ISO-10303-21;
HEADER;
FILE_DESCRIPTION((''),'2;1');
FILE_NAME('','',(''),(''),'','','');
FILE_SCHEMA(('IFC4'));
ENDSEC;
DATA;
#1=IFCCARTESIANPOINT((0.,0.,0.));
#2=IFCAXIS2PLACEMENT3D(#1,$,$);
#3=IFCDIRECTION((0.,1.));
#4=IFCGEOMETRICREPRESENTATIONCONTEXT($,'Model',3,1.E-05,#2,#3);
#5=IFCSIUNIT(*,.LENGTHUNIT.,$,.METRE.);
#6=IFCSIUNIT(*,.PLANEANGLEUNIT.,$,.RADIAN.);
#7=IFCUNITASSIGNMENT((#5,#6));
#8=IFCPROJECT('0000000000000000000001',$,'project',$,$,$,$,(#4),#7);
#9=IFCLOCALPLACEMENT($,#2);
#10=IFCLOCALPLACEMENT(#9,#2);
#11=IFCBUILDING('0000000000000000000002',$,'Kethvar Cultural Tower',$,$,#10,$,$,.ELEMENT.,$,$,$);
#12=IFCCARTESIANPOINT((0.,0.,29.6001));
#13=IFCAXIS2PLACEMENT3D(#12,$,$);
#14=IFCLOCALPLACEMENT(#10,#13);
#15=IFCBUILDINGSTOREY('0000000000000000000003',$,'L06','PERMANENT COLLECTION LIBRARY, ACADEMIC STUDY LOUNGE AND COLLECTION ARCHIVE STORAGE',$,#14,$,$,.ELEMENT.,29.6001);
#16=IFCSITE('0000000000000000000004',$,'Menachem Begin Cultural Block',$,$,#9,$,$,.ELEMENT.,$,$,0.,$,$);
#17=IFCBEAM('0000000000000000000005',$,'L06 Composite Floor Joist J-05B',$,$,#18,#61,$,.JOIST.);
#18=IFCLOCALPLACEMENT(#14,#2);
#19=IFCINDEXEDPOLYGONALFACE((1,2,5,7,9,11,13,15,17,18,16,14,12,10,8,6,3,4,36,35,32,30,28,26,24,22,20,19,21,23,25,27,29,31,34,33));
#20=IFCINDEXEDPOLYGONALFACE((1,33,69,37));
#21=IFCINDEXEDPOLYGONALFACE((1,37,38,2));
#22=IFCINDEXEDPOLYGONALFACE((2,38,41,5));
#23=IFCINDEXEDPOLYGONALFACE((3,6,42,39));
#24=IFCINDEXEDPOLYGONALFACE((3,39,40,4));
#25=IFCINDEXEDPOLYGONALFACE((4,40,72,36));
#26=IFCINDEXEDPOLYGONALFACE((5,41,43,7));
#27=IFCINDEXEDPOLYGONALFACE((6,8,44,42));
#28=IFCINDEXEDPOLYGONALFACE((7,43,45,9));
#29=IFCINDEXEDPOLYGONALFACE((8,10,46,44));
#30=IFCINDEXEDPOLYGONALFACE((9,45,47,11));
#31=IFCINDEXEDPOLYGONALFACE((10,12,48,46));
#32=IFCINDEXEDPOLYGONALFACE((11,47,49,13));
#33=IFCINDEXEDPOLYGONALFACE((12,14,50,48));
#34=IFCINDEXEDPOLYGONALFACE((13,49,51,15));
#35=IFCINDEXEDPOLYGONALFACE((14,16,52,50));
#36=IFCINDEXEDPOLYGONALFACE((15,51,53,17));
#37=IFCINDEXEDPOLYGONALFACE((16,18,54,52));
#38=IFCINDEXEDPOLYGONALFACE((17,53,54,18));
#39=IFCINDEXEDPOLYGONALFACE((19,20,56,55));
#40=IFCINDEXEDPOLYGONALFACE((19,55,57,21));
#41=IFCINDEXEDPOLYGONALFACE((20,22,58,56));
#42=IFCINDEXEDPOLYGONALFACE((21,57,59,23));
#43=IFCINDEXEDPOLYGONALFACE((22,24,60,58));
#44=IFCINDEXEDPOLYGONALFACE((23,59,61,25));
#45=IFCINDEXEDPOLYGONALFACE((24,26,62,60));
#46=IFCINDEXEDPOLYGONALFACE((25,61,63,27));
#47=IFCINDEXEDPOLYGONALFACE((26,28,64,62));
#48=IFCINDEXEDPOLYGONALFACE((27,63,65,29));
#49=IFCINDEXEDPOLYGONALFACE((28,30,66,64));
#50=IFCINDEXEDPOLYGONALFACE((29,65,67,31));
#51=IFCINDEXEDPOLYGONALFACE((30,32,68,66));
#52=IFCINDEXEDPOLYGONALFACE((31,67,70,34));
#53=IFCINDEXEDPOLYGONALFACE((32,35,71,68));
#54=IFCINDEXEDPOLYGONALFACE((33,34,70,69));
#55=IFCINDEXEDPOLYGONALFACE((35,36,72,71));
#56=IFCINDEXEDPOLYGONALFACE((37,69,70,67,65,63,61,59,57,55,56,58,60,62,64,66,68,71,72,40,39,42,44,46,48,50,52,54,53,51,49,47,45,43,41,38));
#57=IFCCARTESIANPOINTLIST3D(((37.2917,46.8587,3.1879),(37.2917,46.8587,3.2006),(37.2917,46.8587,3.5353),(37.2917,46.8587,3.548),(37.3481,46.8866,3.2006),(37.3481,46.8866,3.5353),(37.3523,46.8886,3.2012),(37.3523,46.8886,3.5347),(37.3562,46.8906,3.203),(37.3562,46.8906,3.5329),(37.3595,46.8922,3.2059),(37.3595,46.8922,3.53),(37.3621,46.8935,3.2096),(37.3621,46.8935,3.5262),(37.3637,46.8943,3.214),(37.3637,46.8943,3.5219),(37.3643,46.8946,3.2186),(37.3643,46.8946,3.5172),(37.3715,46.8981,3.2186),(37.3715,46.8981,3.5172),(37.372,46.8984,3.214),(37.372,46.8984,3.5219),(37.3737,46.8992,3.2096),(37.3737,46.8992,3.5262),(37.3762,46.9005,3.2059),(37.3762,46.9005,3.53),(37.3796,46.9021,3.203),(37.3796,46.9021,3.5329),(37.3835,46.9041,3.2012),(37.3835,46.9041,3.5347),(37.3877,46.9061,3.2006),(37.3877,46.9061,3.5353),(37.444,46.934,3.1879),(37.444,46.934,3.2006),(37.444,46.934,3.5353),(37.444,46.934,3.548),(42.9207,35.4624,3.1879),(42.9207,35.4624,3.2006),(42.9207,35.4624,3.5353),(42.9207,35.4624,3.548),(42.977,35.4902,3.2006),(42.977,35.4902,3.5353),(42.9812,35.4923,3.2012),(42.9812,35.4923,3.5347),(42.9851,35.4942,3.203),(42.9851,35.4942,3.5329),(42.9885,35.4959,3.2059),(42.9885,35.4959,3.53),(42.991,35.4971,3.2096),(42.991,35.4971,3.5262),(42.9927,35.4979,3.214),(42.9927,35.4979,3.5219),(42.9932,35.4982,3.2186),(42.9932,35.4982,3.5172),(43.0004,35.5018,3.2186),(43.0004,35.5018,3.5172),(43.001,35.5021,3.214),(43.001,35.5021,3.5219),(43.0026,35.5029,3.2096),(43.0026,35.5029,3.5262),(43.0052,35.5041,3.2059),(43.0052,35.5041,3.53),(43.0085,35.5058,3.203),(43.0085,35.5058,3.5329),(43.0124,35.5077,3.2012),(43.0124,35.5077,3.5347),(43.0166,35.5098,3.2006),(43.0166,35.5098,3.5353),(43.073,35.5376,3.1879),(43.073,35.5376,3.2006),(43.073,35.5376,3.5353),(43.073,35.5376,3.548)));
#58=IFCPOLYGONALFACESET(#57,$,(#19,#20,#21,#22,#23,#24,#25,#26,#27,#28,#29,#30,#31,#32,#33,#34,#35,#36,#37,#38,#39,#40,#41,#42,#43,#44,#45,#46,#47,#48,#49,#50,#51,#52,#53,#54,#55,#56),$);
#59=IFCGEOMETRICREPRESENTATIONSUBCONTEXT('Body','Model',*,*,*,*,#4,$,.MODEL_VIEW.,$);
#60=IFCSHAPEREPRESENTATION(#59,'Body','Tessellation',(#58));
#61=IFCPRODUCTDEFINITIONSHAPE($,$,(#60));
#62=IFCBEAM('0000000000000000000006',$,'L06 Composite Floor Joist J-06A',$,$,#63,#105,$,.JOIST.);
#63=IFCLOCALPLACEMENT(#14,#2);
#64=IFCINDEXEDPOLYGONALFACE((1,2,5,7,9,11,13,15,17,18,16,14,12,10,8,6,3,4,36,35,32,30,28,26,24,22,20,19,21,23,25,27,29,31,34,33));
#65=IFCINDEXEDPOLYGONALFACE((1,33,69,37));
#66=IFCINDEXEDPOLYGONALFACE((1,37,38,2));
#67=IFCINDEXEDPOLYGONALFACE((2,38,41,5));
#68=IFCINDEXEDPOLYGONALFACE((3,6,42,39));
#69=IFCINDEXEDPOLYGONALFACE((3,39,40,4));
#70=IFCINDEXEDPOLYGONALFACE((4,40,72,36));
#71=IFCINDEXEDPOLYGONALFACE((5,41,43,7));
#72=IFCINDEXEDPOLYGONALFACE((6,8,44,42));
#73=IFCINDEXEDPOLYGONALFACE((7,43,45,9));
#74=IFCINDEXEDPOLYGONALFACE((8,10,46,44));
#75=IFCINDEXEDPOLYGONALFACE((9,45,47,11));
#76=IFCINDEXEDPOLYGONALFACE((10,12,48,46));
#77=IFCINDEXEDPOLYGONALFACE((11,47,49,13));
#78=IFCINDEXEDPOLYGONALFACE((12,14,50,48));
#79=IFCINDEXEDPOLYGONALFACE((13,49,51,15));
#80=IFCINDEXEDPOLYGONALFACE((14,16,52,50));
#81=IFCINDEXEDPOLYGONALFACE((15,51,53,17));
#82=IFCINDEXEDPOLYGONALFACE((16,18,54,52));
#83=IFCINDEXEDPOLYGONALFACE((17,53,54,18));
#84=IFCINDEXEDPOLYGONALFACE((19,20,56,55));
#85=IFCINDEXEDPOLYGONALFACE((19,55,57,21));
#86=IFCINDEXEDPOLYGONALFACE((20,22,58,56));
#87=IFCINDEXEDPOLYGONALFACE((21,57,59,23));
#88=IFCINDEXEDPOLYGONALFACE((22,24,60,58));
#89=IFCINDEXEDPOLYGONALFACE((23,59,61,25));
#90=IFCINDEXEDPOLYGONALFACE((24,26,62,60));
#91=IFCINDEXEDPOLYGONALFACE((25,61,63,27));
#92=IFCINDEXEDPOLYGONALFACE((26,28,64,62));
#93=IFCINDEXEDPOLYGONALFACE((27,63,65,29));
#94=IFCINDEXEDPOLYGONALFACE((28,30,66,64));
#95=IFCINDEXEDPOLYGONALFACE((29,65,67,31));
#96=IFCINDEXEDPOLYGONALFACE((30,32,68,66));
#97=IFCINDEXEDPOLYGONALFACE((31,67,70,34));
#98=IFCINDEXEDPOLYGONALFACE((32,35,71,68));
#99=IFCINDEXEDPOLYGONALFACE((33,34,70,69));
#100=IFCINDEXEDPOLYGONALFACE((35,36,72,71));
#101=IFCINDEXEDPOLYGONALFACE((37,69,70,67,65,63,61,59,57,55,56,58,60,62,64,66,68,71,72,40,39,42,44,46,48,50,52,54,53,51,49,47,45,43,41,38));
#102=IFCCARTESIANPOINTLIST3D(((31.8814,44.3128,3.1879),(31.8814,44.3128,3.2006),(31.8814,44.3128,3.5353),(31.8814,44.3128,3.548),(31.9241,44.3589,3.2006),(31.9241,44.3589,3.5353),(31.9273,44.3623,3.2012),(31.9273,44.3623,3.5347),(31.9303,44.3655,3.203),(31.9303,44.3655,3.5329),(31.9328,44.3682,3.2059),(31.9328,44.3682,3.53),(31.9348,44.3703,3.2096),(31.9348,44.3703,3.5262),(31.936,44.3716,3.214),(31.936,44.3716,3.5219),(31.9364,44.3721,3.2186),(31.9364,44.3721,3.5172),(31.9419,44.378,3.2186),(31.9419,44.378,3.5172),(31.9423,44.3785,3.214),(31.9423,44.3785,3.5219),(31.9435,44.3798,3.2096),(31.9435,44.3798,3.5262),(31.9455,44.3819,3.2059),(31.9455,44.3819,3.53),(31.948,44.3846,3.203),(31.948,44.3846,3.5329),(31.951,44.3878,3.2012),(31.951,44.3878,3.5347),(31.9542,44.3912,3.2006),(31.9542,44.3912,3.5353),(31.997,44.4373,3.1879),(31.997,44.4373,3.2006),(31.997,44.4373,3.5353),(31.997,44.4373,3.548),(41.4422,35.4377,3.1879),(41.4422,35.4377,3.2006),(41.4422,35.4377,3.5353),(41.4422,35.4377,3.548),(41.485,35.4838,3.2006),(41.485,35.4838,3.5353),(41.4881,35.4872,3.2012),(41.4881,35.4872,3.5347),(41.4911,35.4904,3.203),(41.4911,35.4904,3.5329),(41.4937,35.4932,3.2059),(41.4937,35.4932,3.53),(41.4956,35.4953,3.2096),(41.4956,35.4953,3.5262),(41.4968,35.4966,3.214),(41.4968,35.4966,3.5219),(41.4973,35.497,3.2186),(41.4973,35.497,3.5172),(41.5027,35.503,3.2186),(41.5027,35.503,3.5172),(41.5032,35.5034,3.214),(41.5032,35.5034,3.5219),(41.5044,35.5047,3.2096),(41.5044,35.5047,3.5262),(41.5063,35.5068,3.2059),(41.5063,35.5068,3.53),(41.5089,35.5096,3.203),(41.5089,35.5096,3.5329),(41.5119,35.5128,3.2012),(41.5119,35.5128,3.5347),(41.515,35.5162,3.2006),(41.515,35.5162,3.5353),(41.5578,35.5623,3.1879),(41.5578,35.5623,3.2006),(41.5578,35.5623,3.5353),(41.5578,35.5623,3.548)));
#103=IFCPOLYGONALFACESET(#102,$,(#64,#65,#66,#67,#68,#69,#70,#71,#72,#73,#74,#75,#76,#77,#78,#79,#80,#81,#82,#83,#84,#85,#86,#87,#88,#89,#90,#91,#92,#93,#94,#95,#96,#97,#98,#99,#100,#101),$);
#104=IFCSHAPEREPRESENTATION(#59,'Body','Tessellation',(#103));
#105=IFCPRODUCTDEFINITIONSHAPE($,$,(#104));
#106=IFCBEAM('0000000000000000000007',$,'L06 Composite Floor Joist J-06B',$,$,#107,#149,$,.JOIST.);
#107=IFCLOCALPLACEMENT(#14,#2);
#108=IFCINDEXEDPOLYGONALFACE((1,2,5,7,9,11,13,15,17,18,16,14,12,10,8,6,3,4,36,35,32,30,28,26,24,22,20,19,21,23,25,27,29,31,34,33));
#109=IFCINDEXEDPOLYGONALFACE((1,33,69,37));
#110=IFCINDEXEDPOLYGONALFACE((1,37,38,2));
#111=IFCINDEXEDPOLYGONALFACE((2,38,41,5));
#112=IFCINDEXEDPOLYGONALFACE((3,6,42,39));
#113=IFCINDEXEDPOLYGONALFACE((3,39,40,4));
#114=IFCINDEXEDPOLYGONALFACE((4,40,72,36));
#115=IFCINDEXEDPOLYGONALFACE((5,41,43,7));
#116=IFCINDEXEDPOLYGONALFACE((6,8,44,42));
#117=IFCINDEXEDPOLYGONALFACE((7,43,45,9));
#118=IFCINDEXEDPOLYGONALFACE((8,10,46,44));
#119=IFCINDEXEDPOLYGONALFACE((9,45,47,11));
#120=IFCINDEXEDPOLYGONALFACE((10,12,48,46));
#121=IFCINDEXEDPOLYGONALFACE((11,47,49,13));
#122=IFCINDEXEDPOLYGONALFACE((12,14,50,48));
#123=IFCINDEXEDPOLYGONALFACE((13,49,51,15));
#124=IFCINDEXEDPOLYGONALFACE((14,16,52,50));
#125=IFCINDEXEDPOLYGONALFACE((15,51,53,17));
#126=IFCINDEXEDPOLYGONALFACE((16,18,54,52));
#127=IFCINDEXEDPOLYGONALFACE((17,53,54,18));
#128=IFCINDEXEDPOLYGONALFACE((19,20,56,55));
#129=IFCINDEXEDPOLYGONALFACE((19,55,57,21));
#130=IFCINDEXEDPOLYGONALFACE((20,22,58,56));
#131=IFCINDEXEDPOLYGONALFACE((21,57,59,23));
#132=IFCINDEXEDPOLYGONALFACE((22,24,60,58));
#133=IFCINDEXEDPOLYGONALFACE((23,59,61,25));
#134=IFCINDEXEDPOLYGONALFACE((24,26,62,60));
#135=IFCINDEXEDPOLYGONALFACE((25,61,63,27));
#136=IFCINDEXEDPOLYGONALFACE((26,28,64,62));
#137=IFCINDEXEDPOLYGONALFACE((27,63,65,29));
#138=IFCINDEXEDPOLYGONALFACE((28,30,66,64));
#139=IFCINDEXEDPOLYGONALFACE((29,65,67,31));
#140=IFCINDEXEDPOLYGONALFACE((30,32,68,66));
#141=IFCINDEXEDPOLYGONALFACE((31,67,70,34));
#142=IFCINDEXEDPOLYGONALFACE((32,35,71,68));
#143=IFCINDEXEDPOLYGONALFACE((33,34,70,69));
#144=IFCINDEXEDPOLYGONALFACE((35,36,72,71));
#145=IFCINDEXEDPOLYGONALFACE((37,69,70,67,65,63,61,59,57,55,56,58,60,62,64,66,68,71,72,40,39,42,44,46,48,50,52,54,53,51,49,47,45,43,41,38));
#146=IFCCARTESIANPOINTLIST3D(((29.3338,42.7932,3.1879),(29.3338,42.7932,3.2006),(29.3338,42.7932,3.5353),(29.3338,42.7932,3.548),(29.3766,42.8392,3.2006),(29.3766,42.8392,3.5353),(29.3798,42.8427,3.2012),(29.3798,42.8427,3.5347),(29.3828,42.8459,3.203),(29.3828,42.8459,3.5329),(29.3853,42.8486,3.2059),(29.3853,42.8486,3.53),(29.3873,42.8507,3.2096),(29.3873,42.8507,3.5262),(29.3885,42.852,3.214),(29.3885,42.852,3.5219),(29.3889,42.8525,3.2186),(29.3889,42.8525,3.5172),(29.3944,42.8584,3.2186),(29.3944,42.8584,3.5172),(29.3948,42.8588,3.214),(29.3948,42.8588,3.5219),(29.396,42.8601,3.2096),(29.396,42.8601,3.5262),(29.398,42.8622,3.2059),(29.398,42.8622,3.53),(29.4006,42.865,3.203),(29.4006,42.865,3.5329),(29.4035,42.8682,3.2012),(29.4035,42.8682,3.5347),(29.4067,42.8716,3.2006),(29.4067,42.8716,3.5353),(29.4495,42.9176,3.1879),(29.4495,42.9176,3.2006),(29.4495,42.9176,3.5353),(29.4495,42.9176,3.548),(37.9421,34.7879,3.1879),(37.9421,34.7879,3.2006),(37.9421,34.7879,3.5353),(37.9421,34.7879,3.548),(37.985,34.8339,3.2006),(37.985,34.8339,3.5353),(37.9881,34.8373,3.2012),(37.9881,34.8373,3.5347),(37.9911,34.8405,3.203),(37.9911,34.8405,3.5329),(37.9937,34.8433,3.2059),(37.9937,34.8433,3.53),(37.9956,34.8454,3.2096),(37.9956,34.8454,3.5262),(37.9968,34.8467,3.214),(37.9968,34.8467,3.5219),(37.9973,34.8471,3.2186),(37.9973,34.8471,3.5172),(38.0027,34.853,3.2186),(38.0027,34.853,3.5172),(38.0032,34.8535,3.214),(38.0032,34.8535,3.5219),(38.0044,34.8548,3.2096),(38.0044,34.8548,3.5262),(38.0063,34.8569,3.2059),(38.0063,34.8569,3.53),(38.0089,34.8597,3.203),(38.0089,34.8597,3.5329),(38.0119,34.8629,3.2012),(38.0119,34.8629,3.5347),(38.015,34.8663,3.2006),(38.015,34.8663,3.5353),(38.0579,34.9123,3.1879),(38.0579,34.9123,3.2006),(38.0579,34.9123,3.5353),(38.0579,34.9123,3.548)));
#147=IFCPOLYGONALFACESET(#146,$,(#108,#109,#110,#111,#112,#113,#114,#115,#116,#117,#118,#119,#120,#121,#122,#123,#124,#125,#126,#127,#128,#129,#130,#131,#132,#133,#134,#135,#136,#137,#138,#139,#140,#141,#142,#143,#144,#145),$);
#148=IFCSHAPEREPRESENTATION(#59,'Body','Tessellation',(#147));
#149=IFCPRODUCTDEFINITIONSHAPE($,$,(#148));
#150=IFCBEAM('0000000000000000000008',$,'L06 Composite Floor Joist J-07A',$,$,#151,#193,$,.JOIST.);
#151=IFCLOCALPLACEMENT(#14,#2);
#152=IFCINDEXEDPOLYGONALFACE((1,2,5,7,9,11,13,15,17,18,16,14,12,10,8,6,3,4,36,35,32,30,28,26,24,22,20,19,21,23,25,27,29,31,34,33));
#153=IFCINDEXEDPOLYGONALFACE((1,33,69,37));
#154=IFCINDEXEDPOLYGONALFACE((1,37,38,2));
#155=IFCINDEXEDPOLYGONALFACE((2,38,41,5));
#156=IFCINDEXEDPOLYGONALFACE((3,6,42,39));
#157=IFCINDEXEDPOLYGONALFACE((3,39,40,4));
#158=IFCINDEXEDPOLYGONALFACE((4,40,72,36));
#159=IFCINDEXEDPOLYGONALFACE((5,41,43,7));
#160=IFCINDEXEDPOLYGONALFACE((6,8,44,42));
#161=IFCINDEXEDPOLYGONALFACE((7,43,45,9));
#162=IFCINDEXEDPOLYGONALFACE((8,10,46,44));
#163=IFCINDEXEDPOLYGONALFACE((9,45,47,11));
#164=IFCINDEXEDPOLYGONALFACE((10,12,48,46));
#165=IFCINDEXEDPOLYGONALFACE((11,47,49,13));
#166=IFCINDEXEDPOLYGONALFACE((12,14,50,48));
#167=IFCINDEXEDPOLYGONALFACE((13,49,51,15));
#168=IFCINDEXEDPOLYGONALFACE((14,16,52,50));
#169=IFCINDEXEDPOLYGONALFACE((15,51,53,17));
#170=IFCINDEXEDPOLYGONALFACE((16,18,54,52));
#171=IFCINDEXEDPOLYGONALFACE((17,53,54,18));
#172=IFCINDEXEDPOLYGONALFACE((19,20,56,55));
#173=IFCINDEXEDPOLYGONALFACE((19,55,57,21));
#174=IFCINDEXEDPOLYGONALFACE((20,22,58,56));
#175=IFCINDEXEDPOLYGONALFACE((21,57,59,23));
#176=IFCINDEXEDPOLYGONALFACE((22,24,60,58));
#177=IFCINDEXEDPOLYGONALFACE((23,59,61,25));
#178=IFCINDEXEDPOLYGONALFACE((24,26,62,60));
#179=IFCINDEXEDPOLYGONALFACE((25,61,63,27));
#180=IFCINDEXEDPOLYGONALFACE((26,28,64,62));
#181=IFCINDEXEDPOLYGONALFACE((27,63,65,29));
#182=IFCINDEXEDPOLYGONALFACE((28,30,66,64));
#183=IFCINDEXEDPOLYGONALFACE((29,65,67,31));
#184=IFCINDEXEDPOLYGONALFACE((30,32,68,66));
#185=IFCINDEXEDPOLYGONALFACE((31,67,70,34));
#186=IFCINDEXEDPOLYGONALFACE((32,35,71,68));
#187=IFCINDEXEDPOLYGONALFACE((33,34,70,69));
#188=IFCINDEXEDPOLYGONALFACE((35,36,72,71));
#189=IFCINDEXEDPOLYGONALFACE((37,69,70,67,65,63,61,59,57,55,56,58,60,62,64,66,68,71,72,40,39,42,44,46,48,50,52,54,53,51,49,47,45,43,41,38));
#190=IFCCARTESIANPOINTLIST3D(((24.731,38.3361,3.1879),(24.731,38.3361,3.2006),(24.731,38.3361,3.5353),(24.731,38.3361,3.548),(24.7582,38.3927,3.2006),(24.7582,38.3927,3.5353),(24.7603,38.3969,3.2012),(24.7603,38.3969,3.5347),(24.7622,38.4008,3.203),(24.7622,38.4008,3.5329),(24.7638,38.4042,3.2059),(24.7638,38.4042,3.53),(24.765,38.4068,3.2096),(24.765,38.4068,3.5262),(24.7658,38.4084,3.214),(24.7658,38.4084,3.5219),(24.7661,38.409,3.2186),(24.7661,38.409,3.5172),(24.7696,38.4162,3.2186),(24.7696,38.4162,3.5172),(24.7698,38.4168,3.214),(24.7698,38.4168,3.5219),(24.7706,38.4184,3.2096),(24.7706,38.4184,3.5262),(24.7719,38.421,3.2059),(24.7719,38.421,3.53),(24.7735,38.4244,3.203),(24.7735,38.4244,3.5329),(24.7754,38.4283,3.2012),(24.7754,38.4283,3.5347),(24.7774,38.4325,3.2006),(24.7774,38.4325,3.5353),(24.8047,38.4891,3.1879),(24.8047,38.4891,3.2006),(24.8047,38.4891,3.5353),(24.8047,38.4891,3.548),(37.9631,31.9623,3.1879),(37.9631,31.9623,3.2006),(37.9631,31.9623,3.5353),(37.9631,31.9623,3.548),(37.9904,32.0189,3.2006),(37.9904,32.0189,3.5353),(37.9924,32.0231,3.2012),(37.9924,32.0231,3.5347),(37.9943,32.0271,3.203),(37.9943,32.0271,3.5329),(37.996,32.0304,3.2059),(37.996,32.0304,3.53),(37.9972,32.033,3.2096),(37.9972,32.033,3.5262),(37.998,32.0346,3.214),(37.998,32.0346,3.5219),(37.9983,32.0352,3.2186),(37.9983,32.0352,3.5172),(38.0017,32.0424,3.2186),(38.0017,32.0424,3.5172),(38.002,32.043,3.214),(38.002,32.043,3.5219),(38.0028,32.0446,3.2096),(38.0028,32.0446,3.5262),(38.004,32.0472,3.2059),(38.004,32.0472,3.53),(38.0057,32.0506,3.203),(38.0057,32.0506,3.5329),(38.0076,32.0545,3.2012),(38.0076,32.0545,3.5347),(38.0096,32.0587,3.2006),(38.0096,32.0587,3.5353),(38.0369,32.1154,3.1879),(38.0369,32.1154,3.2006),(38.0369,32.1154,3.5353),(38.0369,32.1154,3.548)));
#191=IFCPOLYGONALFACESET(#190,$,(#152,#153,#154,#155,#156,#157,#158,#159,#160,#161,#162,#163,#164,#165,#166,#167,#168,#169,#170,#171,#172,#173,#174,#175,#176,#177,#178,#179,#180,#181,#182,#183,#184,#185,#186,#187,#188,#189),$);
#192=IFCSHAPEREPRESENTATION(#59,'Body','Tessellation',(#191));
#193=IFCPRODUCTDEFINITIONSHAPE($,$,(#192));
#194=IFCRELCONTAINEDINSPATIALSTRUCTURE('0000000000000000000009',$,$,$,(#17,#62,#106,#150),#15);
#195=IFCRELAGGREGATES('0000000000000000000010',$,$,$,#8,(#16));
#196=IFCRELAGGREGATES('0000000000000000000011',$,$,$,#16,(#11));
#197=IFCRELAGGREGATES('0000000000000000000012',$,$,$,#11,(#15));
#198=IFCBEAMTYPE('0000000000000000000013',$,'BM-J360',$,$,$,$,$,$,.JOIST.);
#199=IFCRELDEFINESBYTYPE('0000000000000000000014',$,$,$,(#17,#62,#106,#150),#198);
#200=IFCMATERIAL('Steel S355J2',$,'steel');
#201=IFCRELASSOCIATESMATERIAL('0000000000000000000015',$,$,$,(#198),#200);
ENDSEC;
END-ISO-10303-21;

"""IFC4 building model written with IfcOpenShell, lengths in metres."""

from ifc_helpers import new_model, si_unit, direction, frame, origin, origin_2d, place, context, subcontext, project, spatial, i_section, extrude, source, transform, mapped, material, material_profile, profile_set, type_object, element, save


model = new_model("IFC4")

# Units and contexts
model_context = context("Model", 3, precision=1e-05, world=origin(), true_north=direction((0.0, 1.0)))
body_context = subcontext(model_context, "Body", "Model", "MODEL_VIEW")
ifc_project = project(units=[si_unit("LENGTHUNIT", "METRE"), si_unit("PLANEANGLEUNIT", "RADIAN")], contexts=[model_context])

# Site, building, storey
site_placement = place(None, origin())
site = spatial("IfcSite", under=ifc_project, at=site_placement, Name="Menachem Begin Cultural Block", CompositionType="ELEMENT", RefElevation=0.0)
building_placement = place(site_placement, origin())
building = spatial("IfcBuilding", under=site, at=building_placement, Name="Kethvar Cultural Tower", CompositionType="ELEMENT")
storey_placement = place(building_placement, frame((0.0, 0.0, 29.6001)))
storey = spatial("IfcBuildingStorey", under=building, at=storey_placement, Name="L06", Description="PERMANENT COLLECTION LIBRARY, ACADEMIC STUDY LOUNGE AND COLLECTION ARCHIVE STORAGE", CompositionType="ELEMENT", Elevation=29.6001)

# Beams
ifc_material_1 = material(Name="Steel S355J2", Category="steel")
ifc_material_profile_1 = material_profile(ifc_material_1, i_section(OverallWidth=0.1699, OverallDepth=0.3601, WebThickness=0.0081, FlangeThickness=0.0127, FilletRadius=0.0181, at=origin_2d()), Name="Steel S355J2 — IPE360")
ifc_profile_set_1 = profile_set([ifc_material_profile_1], Name="Steel S355J2 — IPE360")
beam_type_1 = type_object("IfcBeamType", Name="BM-J360", PredefinedType="JOIST", material=ifc_profile_set_1)
shared_shape_1 = source(origin(), body_context, "Body", "SweptSolid", [
    extrude(i_section(OverallWidth=0.1699, OverallDepth=0.3601, WebThickness=0.0081, FlangeThickness=0.0127, FilletRadius=0.0181, at=origin_2d()), origin(), (0.0, 0.0, 1.0), 12.7107),
])
beam_1_placement = place(storey_placement, frame((42.9968, 35.5, 3.3679), z_axis=(-0.442852, 0.896595, 0.0), x_axis=(-0.896595, -0.442852, 0.0)))
element("IfcBeam", 1, at=beam_1_placement, inside=storey, type_object=beam_type_1, Name="L06 Composite Floor Joist J-05B", PredefinedType="JOIST", context=body_context, shape_type="MappedRepresentation", body=[
    mapped(shared_shape_1, transform((0.0, 0.0, 0.0), scale=1.0)),
])
shared_shape_2 = source(origin(), body_context, "Body", "SweptSolid", [
    extrude(i_section(OverallWidth=0.1699, OverallDepth=0.3601, WebThickness=0.0081, FlangeThickness=0.0127, FilletRadius=0.0181, at=origin_2d()), origin(), (0.0, 0.0, 1.0), 13.0452),
])
beam_2_placement = place(storey_placement, frame((41.5, 35.5, 3.3679), z_axis=(-0.732903, 0.680333, 0.0), x_axis=(-0.680333, -0.732903, 0.0)))
element("IfcBeam", 2, at=beam_2_placement, inside=storey, type_object=beam_type_1, Name="L06 Composite Floor Joist J-06A", PredefinedType="JOIST", context=body_context, shape_type="MappedRepresentation", body=[
    mapped(shared_shape_2, transform((0.0, 0.0, 0.0), scale=1.0)),
])
shared_shape_3 = source(origin(), body_context, "Body", "SweptSolid", [
    extrude(i_section(OverallWidth=0.1699, OverallDepth=0.3601, WebThickness=0.0081, FlangeThickness=0.0127, FilletRadius=0.0181, at=origin_2d()), origin(), (0.0, 0.0, 1.0), 11.7554),
])
beam_3_placement = place(storey_placement, frame((38.0, 34.8501, 3.3679), z_axis=(-0.73229, 0.680993, 0.0), x_axis=(-0.680993, -0.73229, 0.0)))
element("IfcBeam", 3, at=beam_3_placement, inside=storey, type_object=beam_type_1, Name="L06 Composite Floor Joist J-06B", PredefinedType="JOIST", context=body_context, shape_type="MappedRepresentation", body=[
    mapped(shared_shape_3, transform((0.0, 0.0, 0.0), scale=1.0)),
])
shared_shape_4 = source(origin(), body_context, "Body", "SweptSolid", [
    extrude(i_section(OverallWidth=0.1699, OverallDepth=0.3601, WebThickness=0.0081, FlangeThickness=0.0127, FilletRadius=0.0181, at=origin_2d()), origin(), (0.0, 0.0, 1.0), 14.6873),
])
beam_4_placement = place(storey_placement, frame((38.0, 32.0388, 3.3679), z_axis=(-0.900929, 0.433967, 0.0), x_axis=(-0.433967, -0.900929, 0.0)))
element("IfcBeam", 4, at=beam_4_placement, inside=storey, type_object=beam_type_1, Name="L06 Composite Floor Joist J-07A", PredefinedType="JOIST", context=body_context, shape_type="MappedRepresentation", body=[
    mapped(shared_shape_4, transform((0.0, 0.0, 0.0), scale=1.0)),
])

save(model, "model.ifc")
